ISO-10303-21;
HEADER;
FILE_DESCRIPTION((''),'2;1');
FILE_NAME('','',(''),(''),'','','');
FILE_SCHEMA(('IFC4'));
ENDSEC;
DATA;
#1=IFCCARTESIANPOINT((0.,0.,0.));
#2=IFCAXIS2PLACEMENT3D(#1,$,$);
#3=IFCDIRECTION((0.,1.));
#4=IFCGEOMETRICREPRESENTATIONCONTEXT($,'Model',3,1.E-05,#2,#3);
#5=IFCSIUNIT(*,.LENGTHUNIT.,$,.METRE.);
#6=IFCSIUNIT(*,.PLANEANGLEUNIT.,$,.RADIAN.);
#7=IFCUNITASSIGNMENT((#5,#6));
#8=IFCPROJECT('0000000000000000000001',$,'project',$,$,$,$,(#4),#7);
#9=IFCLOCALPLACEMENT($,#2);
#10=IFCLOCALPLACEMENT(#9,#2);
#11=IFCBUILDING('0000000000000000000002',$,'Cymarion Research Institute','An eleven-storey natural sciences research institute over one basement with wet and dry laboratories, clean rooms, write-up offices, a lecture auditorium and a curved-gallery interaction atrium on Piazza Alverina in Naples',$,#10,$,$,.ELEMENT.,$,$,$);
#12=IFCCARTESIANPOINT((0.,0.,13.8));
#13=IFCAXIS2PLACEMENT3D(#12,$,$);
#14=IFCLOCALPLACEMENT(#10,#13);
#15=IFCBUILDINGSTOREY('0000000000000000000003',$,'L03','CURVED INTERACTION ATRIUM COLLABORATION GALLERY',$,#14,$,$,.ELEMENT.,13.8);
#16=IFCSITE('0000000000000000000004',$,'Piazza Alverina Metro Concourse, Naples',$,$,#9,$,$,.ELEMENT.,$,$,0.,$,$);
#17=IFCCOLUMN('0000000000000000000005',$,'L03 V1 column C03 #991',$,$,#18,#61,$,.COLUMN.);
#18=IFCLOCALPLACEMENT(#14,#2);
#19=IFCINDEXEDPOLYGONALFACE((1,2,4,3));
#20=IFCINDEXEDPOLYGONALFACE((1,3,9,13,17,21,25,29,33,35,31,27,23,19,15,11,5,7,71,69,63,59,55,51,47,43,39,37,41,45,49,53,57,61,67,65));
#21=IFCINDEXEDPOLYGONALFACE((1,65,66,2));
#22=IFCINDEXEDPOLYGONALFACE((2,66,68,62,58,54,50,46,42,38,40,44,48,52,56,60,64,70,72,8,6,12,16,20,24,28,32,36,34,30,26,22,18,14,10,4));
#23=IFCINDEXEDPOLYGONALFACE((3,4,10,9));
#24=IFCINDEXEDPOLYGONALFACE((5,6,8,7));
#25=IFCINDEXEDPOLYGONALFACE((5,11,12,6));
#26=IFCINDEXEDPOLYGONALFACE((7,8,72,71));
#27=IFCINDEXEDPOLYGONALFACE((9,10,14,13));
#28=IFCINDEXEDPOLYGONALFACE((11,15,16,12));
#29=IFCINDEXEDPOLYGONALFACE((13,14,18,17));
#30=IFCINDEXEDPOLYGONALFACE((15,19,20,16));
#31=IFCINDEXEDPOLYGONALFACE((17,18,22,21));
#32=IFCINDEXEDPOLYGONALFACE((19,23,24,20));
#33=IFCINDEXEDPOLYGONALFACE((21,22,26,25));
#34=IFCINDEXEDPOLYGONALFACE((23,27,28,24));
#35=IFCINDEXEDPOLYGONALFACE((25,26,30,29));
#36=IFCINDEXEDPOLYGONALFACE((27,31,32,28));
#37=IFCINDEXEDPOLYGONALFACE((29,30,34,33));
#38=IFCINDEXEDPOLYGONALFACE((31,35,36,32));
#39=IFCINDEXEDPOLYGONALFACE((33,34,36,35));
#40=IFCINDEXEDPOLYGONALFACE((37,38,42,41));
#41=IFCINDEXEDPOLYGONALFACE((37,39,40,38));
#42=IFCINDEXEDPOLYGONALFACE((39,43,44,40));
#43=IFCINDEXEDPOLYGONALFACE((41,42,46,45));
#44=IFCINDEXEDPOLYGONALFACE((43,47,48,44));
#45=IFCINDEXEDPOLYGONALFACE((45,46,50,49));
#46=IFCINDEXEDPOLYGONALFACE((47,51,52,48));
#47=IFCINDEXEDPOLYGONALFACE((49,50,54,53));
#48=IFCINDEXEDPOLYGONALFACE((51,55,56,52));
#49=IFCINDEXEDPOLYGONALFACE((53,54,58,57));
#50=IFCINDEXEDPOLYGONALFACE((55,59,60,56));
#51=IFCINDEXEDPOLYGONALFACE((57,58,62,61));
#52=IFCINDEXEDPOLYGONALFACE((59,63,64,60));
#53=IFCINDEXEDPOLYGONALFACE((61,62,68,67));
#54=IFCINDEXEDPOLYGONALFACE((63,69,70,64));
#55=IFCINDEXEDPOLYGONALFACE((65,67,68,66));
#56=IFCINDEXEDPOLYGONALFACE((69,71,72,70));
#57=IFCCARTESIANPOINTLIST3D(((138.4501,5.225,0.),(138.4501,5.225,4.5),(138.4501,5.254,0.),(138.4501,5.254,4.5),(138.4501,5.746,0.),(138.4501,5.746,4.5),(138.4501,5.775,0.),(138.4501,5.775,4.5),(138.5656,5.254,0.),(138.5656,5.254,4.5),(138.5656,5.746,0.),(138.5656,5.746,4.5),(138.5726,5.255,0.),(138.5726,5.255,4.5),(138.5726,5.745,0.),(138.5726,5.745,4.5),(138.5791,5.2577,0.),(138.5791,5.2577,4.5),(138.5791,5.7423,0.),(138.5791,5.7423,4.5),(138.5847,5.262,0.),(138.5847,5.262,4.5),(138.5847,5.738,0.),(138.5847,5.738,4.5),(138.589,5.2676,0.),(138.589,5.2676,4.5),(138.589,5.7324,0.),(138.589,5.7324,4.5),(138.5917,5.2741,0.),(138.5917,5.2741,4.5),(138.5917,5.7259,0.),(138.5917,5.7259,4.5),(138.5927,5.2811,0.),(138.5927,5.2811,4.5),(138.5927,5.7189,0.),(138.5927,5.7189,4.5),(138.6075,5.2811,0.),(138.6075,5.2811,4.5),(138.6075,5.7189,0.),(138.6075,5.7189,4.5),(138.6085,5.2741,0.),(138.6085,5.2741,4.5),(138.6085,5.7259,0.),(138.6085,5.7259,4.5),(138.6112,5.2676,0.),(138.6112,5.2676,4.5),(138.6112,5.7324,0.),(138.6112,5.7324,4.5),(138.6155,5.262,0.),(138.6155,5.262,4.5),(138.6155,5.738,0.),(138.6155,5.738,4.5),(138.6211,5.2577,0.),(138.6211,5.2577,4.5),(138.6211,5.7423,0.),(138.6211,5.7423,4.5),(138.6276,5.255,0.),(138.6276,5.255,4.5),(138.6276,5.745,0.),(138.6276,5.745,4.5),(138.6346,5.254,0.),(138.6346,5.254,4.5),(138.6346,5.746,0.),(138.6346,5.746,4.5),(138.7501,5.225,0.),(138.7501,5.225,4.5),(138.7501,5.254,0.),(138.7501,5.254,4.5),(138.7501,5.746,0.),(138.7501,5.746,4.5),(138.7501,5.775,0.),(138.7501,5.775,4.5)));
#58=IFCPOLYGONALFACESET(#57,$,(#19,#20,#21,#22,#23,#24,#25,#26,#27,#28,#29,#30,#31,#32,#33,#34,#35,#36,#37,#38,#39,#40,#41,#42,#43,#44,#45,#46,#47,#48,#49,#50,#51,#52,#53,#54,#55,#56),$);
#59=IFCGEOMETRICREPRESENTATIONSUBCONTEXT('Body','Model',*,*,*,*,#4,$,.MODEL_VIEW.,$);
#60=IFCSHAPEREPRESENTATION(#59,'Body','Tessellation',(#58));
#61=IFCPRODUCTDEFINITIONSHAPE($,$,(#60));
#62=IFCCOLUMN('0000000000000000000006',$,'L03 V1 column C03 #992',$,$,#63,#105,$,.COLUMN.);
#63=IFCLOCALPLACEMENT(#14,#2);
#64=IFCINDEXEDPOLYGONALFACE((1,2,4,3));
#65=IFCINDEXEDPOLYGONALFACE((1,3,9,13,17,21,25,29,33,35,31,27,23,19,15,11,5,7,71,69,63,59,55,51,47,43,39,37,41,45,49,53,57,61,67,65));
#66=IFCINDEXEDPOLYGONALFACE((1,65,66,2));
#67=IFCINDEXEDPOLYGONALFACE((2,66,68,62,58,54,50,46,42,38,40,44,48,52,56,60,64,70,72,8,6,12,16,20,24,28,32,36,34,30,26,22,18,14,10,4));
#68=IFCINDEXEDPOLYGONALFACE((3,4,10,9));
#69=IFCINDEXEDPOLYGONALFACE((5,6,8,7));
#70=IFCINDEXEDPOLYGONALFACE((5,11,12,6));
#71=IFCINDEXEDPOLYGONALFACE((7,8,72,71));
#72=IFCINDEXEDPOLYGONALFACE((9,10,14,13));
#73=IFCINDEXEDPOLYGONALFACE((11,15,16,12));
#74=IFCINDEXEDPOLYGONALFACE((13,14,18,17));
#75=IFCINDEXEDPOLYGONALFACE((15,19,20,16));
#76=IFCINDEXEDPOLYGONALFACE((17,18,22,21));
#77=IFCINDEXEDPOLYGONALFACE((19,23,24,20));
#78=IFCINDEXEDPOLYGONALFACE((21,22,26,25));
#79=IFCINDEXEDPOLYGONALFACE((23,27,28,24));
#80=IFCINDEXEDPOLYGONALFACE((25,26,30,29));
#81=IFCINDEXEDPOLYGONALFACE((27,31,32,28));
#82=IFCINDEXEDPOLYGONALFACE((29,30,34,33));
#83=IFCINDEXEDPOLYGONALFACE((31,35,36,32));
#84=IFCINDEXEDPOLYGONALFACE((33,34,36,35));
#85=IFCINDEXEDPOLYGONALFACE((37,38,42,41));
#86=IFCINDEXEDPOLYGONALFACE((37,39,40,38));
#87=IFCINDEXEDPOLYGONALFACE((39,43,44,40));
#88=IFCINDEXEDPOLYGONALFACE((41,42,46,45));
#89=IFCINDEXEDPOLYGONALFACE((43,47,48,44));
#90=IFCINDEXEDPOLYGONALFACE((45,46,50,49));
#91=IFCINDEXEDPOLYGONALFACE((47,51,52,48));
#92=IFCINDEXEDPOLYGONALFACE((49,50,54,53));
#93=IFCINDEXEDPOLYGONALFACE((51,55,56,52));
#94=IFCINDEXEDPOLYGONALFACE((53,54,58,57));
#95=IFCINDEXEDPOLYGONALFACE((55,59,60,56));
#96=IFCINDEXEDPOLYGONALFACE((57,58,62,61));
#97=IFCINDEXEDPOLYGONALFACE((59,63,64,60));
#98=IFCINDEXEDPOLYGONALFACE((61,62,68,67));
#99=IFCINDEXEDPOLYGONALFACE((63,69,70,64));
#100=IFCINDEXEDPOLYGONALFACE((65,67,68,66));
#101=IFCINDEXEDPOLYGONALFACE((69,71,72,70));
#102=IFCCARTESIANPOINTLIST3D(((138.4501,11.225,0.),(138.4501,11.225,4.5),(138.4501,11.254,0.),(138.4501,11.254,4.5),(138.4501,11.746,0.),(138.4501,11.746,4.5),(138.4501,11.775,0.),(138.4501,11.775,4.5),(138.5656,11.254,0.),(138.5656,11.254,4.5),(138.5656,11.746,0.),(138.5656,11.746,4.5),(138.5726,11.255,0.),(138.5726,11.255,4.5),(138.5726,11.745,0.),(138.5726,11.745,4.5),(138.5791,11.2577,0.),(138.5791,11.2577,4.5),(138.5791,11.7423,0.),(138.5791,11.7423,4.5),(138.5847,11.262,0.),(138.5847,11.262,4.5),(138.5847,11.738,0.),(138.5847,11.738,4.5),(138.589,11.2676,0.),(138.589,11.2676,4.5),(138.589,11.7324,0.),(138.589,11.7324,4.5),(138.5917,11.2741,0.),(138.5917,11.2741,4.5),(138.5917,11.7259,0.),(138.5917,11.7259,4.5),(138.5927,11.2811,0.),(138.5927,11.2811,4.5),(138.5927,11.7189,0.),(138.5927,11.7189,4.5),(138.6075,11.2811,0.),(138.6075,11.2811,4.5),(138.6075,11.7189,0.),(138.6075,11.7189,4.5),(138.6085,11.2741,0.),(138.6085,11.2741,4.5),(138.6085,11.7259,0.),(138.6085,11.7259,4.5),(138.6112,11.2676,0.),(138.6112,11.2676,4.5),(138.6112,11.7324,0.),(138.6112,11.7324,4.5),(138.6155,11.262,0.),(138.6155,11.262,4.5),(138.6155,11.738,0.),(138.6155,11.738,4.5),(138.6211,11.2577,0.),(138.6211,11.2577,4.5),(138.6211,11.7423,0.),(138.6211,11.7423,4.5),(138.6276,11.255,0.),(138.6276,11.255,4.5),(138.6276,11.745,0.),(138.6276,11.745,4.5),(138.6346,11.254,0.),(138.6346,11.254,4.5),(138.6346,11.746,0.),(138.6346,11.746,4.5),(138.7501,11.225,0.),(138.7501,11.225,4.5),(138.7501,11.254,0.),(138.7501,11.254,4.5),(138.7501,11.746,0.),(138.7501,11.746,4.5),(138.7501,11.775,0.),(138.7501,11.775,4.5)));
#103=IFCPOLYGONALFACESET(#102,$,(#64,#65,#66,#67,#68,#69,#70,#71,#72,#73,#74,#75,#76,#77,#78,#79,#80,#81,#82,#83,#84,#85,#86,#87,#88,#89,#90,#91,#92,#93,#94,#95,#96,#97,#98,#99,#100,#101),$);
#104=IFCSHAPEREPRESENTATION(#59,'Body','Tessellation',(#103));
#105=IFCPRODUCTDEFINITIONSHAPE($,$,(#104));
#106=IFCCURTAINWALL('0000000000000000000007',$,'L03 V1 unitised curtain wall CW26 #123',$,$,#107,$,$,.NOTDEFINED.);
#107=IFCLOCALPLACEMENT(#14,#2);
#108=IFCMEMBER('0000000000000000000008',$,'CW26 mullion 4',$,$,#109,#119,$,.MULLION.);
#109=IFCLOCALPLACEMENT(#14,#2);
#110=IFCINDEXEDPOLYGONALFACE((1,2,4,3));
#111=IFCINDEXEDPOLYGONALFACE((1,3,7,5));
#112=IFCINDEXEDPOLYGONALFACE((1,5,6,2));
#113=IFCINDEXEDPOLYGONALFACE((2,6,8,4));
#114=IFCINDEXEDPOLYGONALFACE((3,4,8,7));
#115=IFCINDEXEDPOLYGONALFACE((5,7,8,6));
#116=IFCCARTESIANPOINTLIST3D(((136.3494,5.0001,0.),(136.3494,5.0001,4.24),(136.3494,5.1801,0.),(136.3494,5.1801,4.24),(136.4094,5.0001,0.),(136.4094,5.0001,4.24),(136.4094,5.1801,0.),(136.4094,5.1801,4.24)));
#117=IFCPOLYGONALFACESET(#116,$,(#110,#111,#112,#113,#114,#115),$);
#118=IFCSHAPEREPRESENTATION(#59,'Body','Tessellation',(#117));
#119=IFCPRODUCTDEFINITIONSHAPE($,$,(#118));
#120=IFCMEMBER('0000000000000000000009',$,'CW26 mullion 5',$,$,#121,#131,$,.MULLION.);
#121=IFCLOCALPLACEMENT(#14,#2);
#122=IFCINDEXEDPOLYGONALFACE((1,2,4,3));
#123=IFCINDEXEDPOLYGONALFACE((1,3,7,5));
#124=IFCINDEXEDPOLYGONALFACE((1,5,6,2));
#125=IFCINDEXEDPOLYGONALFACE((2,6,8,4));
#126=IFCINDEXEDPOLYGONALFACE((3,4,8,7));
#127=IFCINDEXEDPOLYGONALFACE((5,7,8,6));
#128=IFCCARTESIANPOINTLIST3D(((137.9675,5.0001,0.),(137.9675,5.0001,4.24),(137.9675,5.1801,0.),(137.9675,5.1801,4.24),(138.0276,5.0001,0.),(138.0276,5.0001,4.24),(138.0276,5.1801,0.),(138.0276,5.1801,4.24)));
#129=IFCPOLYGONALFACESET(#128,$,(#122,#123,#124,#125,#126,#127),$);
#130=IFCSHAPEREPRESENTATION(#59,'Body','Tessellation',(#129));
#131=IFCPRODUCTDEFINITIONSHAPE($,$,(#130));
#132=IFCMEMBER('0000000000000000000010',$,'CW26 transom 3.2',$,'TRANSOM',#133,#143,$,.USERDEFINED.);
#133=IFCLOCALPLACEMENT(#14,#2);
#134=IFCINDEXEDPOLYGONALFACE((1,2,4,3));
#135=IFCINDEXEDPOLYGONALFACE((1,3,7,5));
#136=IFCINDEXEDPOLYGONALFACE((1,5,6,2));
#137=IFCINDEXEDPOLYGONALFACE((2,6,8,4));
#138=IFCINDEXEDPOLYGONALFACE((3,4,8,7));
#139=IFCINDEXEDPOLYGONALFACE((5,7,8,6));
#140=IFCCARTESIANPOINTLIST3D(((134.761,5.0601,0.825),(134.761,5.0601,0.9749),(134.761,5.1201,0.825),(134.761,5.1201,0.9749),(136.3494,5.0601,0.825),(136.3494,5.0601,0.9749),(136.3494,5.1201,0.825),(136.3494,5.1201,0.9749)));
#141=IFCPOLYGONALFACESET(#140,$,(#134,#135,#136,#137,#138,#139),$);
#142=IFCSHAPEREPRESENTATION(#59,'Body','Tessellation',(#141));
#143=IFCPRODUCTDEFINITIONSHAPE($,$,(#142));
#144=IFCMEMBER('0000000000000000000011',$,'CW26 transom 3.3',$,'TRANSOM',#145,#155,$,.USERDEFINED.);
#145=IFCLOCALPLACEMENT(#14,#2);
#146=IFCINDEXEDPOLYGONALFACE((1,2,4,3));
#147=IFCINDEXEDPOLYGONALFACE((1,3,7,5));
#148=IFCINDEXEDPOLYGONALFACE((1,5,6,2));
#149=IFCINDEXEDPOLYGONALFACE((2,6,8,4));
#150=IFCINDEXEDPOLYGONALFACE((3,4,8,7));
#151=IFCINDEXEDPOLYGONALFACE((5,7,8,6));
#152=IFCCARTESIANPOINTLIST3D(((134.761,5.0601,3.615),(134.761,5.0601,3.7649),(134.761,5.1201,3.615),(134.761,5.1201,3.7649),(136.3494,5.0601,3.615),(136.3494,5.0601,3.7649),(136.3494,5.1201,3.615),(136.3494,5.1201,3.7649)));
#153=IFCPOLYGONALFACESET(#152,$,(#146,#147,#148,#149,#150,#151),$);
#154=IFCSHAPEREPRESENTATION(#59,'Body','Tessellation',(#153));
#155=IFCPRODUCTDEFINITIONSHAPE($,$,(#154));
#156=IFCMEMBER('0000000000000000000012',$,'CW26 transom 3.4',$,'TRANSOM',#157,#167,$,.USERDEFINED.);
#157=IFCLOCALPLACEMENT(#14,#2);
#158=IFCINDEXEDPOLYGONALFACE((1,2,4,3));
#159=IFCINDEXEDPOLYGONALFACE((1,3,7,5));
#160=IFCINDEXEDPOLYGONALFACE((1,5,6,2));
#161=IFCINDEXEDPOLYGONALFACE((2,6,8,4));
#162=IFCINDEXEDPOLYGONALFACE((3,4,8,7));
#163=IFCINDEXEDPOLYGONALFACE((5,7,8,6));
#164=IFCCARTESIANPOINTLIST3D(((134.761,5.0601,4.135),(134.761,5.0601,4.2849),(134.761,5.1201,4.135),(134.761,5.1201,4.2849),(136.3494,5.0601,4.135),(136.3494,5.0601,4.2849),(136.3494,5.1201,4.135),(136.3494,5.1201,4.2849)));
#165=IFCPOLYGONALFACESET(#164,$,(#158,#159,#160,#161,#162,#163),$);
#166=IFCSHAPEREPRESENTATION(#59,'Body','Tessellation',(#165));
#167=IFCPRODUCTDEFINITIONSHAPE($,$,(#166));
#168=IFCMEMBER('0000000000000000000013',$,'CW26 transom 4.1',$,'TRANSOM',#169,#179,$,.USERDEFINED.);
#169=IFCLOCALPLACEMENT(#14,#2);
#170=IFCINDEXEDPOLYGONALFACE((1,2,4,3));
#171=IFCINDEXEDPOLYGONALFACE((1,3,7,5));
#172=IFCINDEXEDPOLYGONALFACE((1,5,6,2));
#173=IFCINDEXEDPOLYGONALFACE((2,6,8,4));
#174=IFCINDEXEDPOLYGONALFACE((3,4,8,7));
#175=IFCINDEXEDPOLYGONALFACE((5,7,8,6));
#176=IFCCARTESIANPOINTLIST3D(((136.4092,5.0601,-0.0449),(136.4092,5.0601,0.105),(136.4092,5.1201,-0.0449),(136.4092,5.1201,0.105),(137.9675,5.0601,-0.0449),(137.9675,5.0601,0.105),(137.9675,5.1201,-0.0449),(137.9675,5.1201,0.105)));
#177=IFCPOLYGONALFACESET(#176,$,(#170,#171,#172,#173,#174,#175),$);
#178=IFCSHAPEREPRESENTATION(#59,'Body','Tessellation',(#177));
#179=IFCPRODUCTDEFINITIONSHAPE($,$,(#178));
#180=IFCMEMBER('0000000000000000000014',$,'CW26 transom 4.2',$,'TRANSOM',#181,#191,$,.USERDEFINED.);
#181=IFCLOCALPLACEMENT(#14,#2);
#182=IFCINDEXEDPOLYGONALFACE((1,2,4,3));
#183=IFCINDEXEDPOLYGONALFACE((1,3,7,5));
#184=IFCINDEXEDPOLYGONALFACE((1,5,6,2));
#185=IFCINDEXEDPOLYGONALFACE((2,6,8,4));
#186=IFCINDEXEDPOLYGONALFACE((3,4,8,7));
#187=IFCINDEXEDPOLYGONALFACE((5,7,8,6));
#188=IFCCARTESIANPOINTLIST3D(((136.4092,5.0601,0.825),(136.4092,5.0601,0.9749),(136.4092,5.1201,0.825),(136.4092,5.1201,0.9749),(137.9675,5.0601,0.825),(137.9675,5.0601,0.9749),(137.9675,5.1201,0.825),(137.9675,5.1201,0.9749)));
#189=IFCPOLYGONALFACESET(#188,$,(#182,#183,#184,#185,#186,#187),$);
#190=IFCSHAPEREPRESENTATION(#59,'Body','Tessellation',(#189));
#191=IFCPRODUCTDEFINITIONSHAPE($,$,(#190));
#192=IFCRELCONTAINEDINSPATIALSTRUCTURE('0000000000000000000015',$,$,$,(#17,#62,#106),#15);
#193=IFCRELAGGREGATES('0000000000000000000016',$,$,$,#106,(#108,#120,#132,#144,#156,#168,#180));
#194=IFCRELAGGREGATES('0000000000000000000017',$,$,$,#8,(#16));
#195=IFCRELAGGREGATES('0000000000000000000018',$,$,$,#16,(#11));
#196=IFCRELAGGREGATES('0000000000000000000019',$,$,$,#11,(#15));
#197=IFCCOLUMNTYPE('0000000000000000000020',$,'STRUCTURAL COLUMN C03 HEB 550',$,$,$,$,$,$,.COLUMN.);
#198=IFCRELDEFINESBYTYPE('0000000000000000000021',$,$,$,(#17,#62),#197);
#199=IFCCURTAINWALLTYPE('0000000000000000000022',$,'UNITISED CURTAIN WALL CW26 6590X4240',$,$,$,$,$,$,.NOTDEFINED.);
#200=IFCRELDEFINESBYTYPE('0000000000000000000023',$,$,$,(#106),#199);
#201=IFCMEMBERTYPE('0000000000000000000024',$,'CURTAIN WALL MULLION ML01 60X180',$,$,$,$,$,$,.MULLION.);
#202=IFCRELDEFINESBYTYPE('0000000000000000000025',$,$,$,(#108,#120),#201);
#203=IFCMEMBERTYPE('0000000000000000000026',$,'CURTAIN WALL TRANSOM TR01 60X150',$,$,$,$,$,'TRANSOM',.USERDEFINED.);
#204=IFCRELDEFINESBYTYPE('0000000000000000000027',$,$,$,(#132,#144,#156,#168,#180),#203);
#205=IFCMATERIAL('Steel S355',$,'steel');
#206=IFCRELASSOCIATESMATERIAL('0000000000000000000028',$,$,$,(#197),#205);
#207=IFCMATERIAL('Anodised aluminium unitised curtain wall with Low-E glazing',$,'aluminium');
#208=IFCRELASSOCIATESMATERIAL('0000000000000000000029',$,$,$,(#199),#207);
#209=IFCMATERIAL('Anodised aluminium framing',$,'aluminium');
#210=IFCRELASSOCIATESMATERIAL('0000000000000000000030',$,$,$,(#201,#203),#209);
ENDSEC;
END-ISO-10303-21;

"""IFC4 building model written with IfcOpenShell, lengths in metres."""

from ifc_helpers import new_model, si_unit, direction, frame, origin, origin_2d, place, context, subcontext, project, spatial, rectangle, i_section, extrude, material, material_profile, profile_set, type_object, element, aggregate, save


model = new_model("IFC4")

# Units and contexts
model_context = context("Model", 3, precision=1e-05, world=origin(), true_north=direction((0.0, 1.0)))
body_context = subcontext(model_context, "Body", "Model", "MODEL_VIEW")
ifc_project = project(units=[si_unit("LENGTHUNIT", "METRE"), si_unit("PLANEANGLEUNIT", "RADIAN")], contexts=[model_context])

# Site, building, storey
site_placement = place(None, origin())
site = spatial("IfcSite", under=ifc_project, at=site_placement, Name="Piazza Alverina Metro Concourse, Naples", CompositionType="ELEMENT", RefElevation=0.0)
building_placement = place(site_placement, origin())
building = spatial("IfcBuilding", under=site, at=building_placement, Name="Cymarion Research Institute", Description="An eleven-storey natural sciences research institute over one basement with wet and dry laboratories, clean rooms, write-up offices, a lecture auditorium and a curved-gallery interaction atrium on Piazza Alverina in Naples", CompositionType="ELEMENT")
storey_placement = place(building_placement, frame((0.0, 0.0, 13.8)))
storey = spatial("IfcBuildingStorey", under=building, at=storey_placement, Name="L03", Description="CURVED INTERACTION ATRIUM COLLABORATION GALLERY", CompositionType="ELEMENT", Elevation=13.8)

# Columns
ifc_material_1 = material(Name="Steel S355", Category="steel")
ifc_material_profile_1 = material_profile(ifc_material_1, i_section(OverallWidth=0.3, OverallDepth=0.55, WebThickness=0.0149, FlangeThickness=0.0291, FilletRadius=0.0271, at=origin_2d()), Name="HEB 550")
ifc_profile_set_1 = profile_set([ifc_material_profile_1], Name="Steel S355")
column_type = type_object("IfcColumnType", Name="STRUCTURAL COLUMN C03 HEB 550", PredefinedType="COLUMN", material=ifc_profile_set_1)
for number, where, z_axis, x_axis, name in (
    (1, (138.6001, 5.5, 0.0), (0.0, 0.0, 1.0), (1.0, 0.0, 0.0), "L03 V1 column C03 #991"),
    (2, (138.6001, 11.5, 0.0), (0.0, 0.0, 1.0), (1.0, 0.0, 0.0), "L03 V1 column C03 #992"),
):
    element("IfcColumn", number, at=place(storey_placement, frame(where, z_axis=z_axis, x_axis=x_axis)), inside=storey, type_object=column_type, Name=name, PredefinedType="COLUMN", context=body_context, shape_type="SweptSolid", body=[
        extrude(i_section(OverallWidth=0.3, OverallDepth=0.55, WebThickness=0.0149, FlangeThickness=0.0291, FilletRadius=0.0271, at=origin_2d()), origin(), (0.0, 0.0, 1.0), 4.5),
    ])

# Curtain wall, members
ifc_material_2 = material(Name="Anodised aluminium unitised curtain wall with Low-E glazing", Category="aluminium")
curtain_wall_type = type_object("IfcCurtainWallType", Name="UNITISED CURTAIN WALL CW26 6590X4240", PredefinedType="NOTDEFINED", material=ifc_material_2)
curtain_wall_placement = place(storey_placement, origin())
curtain_wall = element("IfcCurtainWall", 3, at=curtain_wall_placement, inside=storey, type_object=curtain_wall_type, Name="L03 V1 unitised curtain wall CW26 #123", PredefinedType="NOTDEFINED")
ifc_material_3 = material(Name="Anodised aluminium framing", Category="aluminium")
ifc_material_profile_2 = material_profile(ifc_material_3, rectangle(XDim=0.0601, YDim=0.1799, at=origin_2d()), Name="ALU MULLION 60x180")
ifc_profile_set_2 = profile_set([ifc_material_profile_2], Name="Anodised aluminium framing")
member_type_1 = type_object("IfcMemberType", Name="CURTAIN WALL MULLION ML01 60X180", PredefinedType="MULLION", material=ifc_profile_set_2)
member_1_placement = place(storey_placement, frame((136.3794, 5.0901, 0.0), z_axis=(0.0, 0.0, 1.0), x_axis=(1.0, 0.0, 0.0)))
member_1 = element("IfcMember", 4, at=member_1_placement, type_object=member_type_1, Name="CW26 mullion 4", PredefinedType="MULLION", context=body_context, shape_type="SweptSolid", body=[
    extrude(rectangle(XDim=0.0601, YDim=0.1799, at=origin_2d()), origin(), (0.0, 0.0, 1.0), 4.24),
])
member_2_placement = place(storey_placement, frame((137.9976, 5.0901, 0.0), z_axis=(0.0, 0.0, 1.0), x_axis=(1.0, 0.0, 0.0)))
member_2 = element("IfcMember", 5, at=member_2_placement, type_object=member_type_1, Name="CW26 mullion 5", PredefinedType="MULLION", context=body_context, shape_type="SweptSolid", body=[
    extrude(rectangle(XDim=0.0601, YDim=0.1799, at=origin_2d()), origin(), (0.0, 0.0, 1.0), 4.24),
])
ifc_material_profile_3 = material_profile(ifc_material_3, rectangle(XDim=0.0601, YDim=0.1499, at=origin_2d()), Name="ALU TRANSOM 60x150")
ifc_profile_set_3 = profile_set([ifc_material_profile_3], Name="Anodised aluminium framing")
member_type_2 = type_object("IfcMemberType", Name="CURTAIN WALL TRANSOM TR01 60X150", ElementType="TRANSOM", PredefinedType="USERDEFINED", material=ifc_profile_set_3)
member_3_placement = place(storey_placement, frame((134.761, 5.0901, 0.8999), z_axis=(1.0, 0.0, 0.0), x_axis=(0.0, 1.0, 0.0)))
member_3 = element("IfcMember", 6, at=member_3_placement, type_object=member_type_2, Name="CW26 transom 3.2", ObjectType="TRANSOM", PredefinedType="USERDEFINED", context=body_context, shape_type="SweptSolid", body=[
    extrude(rectangle(XDim=0.0601, YDim=0.1499, at=origin_2d()), origin(), (0.0, 0.0, 1.0), 1.5884),
])
member_4_placement = place(storey_placement, frame((134.761, 5.0901, 3.6899), z_axis=(1.0, 0.0, 0.0), x_axis=(0.0, 1.0, 0.0)))
member_4 = element("IfcMember", 7, at=member_4_placement, type_object=member_type_2, Name="CW26 transom 3.3", ObjectType="TRANSOM", PredefinedType="USERDEFINED", context=body_context, shape_type="SweptSolid", body=[
    extrude(rectangle(XDim=0.0601, YDim=0.1499, at=origin_2d()), origin(), (0.0, 0.0, 1.0), 1.5884),
])
member_5_placement = place(storey_placement, frame((134.761, 5.0901, 4.21), z_axis=(1.0, 0.0, 0.0), x_axis=(0.0, 1.0, 0.0)))
member_5 = element("IfcMember", 8, at=member_5_placement, type_object=member_type_2, Name="CW26 transom 3.4", ObjectType="TRANSOM", PredefinedType="USERDEFINED", context=body_context, shape_type="SweptSolid", body=[
    extrude(rectangle(XDim=0.0601, YDim=0.1499, at=origin_2d()), origin(), (0.0, 0.0, 1.0), 1.5884),
])
member_6_placement = place(storey_placement, frame((136.4092, 5.0901, 0.03), z_axis=(1.0, 0.0, 0.0), x_axis=(0.0, 1.0, 0.0)))
member_6 = element("IfcMember", 9, at=member_6_placement, type_object=member_type_2, Name="CW26 transom 4.1", ObjectType="TRANSOM", PredefinedType="USERDEFINED", context=body_context, shape_type="SweptSolid", body=[
    extrude(rectangle(XDim=0.0601, YDim=0.1499, at=origin_2d()), origin(), (0.0, 0.0, 1.0), 1.5583),
])
member_7_placement = place(storey_placement, frame((136.4092, 5.0901, 0.8999), z_axis=(1.0, 0.0, 0.0), x_axis=(0.0, 1.0, 0.0)))
member_7 = element("IfcMember", 10, at=member_7_placement, type_object=member_type_2, Name="CW26 transom 4.2", ObjectType="TRANSOM", PredefinedType="USERDEFINED", context=body_context, shape_type="SweptSolid", body=[
    extrude(rectangle(XDim=0.0601, YDim=0.1499, at=origin_2d()), origin(), (0.0, 0.0, 1.0), 1.5583),
])

aggregate(curtain_wall, [member_1, member_2, member_3, member_4, member_5, member_6, member_7])

save(model, "model.ifc")
